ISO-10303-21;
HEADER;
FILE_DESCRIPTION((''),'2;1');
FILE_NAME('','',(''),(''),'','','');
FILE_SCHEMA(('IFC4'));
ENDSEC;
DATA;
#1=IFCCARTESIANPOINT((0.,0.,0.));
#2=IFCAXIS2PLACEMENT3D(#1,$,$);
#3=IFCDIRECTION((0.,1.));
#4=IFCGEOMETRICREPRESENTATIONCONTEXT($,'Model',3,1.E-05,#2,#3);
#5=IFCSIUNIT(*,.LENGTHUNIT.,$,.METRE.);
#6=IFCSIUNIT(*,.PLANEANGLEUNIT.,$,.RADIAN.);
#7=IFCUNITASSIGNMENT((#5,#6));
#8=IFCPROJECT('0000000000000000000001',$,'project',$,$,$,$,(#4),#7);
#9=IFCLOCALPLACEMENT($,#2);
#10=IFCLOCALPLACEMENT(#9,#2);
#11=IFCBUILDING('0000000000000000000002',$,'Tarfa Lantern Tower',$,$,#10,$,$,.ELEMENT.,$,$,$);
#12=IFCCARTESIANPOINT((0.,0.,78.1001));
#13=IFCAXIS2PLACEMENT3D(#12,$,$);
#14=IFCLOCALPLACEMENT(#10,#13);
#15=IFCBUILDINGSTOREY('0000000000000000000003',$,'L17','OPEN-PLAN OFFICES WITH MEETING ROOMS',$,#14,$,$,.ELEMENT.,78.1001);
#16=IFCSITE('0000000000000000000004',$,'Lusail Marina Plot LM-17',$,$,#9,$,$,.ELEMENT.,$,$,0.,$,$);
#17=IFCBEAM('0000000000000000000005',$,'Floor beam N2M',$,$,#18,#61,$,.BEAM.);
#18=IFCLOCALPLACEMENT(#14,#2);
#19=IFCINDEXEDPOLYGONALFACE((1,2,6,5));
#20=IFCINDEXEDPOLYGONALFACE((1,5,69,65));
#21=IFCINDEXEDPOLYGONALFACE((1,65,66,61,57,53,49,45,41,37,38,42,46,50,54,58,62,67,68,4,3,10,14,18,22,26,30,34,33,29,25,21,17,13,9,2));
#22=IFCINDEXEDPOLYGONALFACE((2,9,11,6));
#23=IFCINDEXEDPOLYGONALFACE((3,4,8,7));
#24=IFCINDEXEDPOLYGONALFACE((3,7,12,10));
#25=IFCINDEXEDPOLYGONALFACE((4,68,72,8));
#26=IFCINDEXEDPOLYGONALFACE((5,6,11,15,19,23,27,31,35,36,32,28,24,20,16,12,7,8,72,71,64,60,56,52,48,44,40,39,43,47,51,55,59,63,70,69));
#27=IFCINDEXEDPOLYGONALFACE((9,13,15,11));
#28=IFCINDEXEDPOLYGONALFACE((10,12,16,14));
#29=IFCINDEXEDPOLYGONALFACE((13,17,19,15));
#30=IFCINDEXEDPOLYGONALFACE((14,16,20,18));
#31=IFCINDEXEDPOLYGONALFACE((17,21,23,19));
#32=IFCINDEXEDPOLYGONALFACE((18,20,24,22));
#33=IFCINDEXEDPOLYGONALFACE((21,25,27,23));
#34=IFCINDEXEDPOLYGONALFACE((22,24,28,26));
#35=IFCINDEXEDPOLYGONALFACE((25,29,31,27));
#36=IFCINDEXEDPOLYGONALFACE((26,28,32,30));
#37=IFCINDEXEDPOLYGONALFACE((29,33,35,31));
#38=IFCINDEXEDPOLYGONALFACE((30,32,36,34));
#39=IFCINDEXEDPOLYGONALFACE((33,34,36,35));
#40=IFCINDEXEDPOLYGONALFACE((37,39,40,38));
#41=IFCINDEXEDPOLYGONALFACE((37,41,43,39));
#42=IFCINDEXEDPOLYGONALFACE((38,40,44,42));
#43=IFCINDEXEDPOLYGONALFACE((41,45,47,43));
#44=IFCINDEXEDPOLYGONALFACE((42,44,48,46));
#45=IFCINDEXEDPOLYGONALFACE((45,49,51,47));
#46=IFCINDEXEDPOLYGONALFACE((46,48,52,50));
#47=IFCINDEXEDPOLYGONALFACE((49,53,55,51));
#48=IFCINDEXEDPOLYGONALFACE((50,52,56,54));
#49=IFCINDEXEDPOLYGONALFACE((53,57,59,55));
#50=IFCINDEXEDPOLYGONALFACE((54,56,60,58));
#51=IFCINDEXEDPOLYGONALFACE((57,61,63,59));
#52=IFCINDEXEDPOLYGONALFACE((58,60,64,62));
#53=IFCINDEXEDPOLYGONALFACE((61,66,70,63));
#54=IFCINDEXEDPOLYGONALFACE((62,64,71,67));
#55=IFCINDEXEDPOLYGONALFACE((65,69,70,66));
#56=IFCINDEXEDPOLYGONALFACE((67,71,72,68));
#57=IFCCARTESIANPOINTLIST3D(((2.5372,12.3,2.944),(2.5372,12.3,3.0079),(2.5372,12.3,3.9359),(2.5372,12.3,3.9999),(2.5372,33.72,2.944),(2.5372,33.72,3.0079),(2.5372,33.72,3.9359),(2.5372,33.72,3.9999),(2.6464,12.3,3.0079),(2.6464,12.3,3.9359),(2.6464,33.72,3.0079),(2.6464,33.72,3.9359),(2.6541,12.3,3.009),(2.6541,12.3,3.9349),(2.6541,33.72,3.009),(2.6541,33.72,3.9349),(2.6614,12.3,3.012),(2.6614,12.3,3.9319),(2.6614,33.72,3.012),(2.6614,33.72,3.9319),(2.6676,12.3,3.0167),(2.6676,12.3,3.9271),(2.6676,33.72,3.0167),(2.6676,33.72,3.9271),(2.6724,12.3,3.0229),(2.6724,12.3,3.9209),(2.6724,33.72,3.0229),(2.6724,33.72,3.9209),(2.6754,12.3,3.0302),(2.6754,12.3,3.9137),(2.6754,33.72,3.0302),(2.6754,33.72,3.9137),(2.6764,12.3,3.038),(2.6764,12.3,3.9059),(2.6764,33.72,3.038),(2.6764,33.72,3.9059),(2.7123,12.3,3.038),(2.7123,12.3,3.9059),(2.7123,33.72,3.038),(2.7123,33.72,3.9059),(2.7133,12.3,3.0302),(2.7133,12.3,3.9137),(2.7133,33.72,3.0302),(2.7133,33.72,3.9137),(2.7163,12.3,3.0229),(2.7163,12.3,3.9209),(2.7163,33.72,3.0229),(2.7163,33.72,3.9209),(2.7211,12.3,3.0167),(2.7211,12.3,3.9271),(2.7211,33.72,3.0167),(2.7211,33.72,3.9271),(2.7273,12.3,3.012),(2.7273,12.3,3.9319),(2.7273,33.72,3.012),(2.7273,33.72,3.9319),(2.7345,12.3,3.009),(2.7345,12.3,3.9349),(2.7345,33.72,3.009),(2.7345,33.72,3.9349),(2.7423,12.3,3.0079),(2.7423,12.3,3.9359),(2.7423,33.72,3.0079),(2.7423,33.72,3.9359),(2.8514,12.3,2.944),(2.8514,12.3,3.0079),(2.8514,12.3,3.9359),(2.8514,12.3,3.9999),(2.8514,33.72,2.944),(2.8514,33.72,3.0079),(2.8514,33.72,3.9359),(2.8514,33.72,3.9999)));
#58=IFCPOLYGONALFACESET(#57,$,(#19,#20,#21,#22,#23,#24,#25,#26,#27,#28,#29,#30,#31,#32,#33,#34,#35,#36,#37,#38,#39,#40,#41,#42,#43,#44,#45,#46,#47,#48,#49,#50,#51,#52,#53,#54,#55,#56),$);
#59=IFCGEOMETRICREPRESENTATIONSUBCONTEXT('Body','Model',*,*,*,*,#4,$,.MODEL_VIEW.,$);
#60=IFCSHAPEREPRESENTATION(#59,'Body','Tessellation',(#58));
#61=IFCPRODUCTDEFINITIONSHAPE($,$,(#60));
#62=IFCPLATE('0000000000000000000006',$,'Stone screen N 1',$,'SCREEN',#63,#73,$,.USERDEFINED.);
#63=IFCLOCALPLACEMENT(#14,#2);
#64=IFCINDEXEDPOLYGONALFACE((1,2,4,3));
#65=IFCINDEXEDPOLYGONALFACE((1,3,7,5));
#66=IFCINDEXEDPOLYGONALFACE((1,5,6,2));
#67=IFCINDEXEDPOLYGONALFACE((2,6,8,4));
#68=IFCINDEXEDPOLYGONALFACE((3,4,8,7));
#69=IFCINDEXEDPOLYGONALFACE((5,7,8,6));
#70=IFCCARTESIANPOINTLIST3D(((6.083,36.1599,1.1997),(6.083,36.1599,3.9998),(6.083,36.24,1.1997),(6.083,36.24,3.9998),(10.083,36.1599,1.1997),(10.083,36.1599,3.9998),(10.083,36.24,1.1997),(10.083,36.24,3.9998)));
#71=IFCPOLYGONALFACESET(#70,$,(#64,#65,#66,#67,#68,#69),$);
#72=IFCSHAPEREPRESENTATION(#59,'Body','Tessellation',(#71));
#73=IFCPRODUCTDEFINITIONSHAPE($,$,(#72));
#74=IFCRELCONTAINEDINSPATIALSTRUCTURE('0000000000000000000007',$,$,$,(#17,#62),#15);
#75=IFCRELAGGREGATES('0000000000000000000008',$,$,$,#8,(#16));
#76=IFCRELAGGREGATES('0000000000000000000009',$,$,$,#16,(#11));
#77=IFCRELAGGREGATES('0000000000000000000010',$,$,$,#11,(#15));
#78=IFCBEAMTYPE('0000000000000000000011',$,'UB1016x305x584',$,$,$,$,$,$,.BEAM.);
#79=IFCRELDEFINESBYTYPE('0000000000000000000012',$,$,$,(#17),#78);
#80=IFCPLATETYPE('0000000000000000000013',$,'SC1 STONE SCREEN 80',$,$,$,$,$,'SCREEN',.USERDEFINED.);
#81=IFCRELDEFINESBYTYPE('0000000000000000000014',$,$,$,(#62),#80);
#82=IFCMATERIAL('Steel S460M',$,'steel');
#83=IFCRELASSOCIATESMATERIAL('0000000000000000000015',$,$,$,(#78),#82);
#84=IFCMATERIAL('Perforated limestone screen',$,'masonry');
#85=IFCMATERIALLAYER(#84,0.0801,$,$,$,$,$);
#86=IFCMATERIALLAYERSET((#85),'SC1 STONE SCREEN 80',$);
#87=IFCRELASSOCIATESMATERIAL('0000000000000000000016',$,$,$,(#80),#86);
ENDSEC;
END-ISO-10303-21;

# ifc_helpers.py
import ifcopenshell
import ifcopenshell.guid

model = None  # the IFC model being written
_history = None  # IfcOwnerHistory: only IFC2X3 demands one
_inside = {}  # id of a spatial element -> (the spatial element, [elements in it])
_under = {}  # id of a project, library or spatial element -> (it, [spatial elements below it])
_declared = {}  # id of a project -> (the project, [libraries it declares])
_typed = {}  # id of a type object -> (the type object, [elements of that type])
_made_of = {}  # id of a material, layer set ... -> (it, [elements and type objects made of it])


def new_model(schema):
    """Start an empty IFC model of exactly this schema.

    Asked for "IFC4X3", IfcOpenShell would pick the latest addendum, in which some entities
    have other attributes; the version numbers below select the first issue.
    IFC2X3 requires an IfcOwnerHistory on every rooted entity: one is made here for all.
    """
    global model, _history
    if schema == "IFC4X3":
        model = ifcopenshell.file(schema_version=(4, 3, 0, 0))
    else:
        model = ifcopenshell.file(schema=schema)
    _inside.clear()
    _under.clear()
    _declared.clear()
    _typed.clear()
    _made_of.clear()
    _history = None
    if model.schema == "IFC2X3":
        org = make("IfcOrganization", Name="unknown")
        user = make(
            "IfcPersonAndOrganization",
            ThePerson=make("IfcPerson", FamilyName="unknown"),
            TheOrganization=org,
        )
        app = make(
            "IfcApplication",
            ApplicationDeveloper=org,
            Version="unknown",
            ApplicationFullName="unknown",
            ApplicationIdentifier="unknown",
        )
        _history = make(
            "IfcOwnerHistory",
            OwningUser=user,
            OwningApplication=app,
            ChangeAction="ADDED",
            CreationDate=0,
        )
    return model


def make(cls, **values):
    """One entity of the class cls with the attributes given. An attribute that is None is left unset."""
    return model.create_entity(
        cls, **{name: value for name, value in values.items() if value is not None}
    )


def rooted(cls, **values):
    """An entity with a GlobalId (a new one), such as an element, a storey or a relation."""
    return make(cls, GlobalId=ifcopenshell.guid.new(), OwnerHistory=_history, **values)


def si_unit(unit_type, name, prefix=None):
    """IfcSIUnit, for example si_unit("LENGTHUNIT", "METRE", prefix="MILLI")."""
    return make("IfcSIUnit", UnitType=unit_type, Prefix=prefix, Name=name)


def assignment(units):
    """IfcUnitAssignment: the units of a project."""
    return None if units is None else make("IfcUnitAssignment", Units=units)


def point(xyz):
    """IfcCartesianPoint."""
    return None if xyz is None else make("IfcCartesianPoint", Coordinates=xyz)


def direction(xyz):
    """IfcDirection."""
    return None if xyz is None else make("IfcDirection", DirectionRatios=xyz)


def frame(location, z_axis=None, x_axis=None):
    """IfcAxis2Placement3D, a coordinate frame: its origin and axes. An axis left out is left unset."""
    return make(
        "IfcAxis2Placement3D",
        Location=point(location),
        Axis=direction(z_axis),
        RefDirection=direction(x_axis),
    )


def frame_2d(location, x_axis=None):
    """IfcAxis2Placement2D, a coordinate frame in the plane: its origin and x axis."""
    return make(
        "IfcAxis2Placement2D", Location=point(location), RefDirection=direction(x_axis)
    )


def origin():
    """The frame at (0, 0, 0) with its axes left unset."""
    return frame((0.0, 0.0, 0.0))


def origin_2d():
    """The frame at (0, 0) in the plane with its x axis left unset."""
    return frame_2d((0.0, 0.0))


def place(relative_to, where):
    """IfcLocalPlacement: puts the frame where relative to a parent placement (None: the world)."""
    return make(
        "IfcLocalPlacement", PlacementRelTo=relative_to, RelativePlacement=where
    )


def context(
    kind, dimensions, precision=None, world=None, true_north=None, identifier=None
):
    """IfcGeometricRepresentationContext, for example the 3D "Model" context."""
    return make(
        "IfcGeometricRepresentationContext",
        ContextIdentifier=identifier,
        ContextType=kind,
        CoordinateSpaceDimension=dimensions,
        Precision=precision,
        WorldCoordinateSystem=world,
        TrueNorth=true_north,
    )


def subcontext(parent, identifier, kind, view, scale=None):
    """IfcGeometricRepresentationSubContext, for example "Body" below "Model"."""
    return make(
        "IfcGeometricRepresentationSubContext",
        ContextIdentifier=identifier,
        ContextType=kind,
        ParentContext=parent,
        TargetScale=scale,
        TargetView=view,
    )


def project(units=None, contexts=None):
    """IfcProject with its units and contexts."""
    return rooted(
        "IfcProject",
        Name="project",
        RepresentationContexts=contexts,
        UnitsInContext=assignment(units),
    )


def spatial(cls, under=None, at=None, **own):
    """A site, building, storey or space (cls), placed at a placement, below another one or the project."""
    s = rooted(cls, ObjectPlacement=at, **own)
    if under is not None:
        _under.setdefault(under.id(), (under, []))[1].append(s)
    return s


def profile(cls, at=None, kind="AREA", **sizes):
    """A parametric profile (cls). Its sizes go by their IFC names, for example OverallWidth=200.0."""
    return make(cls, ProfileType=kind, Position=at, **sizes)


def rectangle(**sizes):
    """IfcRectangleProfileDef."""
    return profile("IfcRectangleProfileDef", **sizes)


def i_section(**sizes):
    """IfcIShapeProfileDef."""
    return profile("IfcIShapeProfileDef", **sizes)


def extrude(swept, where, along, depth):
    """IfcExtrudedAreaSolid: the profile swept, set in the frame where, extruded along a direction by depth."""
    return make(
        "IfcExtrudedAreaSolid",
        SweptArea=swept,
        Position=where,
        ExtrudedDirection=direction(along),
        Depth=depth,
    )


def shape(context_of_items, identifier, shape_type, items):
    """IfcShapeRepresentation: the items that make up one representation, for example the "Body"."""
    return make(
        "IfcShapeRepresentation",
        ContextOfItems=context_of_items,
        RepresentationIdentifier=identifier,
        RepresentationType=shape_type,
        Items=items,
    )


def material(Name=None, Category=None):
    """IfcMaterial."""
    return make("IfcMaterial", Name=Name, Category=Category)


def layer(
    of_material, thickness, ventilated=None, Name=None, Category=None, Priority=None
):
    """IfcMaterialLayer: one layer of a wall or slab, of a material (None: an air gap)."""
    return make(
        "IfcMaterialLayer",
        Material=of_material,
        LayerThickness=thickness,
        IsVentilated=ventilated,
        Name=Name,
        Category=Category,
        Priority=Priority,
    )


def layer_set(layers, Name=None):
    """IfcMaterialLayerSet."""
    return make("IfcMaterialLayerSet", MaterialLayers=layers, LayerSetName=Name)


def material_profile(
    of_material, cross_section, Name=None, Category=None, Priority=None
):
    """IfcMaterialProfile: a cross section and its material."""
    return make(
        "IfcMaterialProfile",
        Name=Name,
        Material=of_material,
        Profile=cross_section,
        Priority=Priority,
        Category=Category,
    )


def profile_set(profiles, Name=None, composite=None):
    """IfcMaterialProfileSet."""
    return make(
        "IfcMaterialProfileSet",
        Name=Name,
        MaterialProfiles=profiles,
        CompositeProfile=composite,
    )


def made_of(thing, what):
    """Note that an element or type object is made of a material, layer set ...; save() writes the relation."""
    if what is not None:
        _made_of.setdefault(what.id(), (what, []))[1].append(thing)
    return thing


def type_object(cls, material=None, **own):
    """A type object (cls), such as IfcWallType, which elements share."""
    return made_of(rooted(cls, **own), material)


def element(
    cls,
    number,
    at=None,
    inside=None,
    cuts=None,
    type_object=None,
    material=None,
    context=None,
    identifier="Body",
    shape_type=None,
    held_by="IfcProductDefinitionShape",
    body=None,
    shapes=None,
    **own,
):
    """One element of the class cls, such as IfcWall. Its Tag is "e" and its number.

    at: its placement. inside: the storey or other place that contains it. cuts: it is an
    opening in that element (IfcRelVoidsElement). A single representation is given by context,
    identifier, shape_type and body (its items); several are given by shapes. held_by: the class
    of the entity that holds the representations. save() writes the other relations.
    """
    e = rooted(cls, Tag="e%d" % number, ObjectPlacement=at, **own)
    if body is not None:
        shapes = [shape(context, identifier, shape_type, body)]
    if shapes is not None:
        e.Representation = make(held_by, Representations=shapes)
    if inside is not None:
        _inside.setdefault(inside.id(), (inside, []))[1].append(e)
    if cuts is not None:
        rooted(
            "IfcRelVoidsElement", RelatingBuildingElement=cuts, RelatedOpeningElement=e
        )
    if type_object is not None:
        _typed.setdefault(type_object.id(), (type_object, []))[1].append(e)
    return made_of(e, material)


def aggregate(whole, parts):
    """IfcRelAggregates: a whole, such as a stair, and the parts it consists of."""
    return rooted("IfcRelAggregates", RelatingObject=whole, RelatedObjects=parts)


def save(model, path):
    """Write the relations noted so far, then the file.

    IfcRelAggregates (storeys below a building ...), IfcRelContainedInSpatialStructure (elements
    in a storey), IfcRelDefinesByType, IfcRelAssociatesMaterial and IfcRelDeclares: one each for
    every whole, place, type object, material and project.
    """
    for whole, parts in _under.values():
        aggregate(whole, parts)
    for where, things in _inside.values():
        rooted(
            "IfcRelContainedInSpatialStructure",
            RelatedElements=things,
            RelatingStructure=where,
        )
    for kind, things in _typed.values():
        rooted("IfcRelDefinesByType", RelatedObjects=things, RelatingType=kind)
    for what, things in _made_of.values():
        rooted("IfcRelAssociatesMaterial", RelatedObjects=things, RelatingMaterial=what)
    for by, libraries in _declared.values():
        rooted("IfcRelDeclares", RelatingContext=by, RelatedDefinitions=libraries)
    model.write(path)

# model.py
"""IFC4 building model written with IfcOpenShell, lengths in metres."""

from ifc_helpers import new_model, si_unit, direction, frame, origin, origin_2d, place, context, subcontext, project, spatial, rectangle, i_section, extrude, material, layer, layer_set, material_profile, profile_set, type_object, element, save


model = new_model("IFC4")

# Units and contexts
model_context = context("Model", 3, precision=1e-05, world=origin(), true_north=direction((0.0, 1.0)))
body_context = subcontext(model_context, "Body", "Model", "MODEL_VIEW")
ifc_project = project(units=[si_unit("LENGTHUNIT", "METRE"), si_unit("PLANEANGLEUNIT", "RADIAN")], contexts=[model_context])

# Site, building, storey
site_placement = place(None, origin())
site = spatial("IfcSite", under=ifc_project, at=site_placement, Name="Lusail Marina Plot LM-17", CompositionType="ELEMENT", RefElevation=0.0)
building_placement = place(site_placement, origin())
building = spatial("IfcBuilding", under=site, at=building_placement, Name="Tarfa Lantern Tower", CompositionType="ELEMENT")
storey_placement = place(building_placement, frame((0.0, 0.0, 78.1001)))
storey = spatial("IfcBuildingStorey", under=building, at=storey_placement, Name="L17", Description="OPEN-PLAN OFFICES WITH MEETING ROOMS", CompositionType="ELEMENT", Elevation=78.1001)

# Beam
ifc_material_1 = material(Name="Steel S460M", Category="steel")
ifc_material_profile_1 = material_profile(ifc_material_1, i_section(OverallWidth=0.3142, OverallDepth=1.0559, WebThickness=0.0359, FlangeThickness=0.064, FilletRadius=0.03, at=origin_2d()), Name="UB1016x305x584")
ifc_profile_set_1 = profile_set([ifc_material_profile_1], Name="Steel S460M")
beam_type_1 = type_object("IfcBeamType", Name="UB1016x305x584", PredefinedType="BEAM", material=ifc_profile_set_1)
for number, where, z_axis, x_axis, name in (
    (1, (2.6943, 33.72, 3.4719), (0.0, -1.0, 0.0), (1.0, 0.0, 0.0), "Floor beam N2M"),
):
    element("IfcBeam", number, at=place(storey_placement, frame(where, z_axis=z_axis, x_axis=x_axis)), inside=storey, type_object=beam_type_1, Name=name, PredefinedType="BEAM", context=body_context, shape_type="SweptSolid", body=[
        extrude(i_section(OverallWidth=0.3142, OverallDepth=1.0559, WebThickness=0.0359, FlangeThickness=0.064, FilletRadius=0.03, at=origin_2d()), origin(), (0.0, 0.0, 1.0), 21.4199),
    ])

# Plate
ifc_material_2 = material(Name="Perforated limestone screen", Category="masonry")
ifc_layer_1 = layer(ifc_material_2, 0.0801)
ifc_layer_set_1 = layer_set([ifc_layer_1], Name="SC1 STONE SCREEN 80")
plate_type = type_object("IfcPlateType", Name="SC1 STONE SCREEN 80", ElementType="SCREEN", PredefinedType="USERDEFINED", material=ifc_layer_set_1)
plate_placement = place(storey_placement, frame((8.083, 36.2, 1.1997), z_axis=(0.0, 0.0, 1.0), x_axis=(-1.0, 0.0, 0.0)))
element("IfcPlate", 2, at=plate_placement, inside=storey, type_object=plate_type, Name="Stone screen N 1", ObjectType="SCREEN", PredefinedType="USERDEFINED", context=body_context, shape_type="SweptSolid", body=[
    extrude(rectangle(XDim=4.0, YDim=0.0801, at=origin_2d()), origin(), (0.0, 0.0, 1.0), 2.8),
])

save(model, "model.ifc")
